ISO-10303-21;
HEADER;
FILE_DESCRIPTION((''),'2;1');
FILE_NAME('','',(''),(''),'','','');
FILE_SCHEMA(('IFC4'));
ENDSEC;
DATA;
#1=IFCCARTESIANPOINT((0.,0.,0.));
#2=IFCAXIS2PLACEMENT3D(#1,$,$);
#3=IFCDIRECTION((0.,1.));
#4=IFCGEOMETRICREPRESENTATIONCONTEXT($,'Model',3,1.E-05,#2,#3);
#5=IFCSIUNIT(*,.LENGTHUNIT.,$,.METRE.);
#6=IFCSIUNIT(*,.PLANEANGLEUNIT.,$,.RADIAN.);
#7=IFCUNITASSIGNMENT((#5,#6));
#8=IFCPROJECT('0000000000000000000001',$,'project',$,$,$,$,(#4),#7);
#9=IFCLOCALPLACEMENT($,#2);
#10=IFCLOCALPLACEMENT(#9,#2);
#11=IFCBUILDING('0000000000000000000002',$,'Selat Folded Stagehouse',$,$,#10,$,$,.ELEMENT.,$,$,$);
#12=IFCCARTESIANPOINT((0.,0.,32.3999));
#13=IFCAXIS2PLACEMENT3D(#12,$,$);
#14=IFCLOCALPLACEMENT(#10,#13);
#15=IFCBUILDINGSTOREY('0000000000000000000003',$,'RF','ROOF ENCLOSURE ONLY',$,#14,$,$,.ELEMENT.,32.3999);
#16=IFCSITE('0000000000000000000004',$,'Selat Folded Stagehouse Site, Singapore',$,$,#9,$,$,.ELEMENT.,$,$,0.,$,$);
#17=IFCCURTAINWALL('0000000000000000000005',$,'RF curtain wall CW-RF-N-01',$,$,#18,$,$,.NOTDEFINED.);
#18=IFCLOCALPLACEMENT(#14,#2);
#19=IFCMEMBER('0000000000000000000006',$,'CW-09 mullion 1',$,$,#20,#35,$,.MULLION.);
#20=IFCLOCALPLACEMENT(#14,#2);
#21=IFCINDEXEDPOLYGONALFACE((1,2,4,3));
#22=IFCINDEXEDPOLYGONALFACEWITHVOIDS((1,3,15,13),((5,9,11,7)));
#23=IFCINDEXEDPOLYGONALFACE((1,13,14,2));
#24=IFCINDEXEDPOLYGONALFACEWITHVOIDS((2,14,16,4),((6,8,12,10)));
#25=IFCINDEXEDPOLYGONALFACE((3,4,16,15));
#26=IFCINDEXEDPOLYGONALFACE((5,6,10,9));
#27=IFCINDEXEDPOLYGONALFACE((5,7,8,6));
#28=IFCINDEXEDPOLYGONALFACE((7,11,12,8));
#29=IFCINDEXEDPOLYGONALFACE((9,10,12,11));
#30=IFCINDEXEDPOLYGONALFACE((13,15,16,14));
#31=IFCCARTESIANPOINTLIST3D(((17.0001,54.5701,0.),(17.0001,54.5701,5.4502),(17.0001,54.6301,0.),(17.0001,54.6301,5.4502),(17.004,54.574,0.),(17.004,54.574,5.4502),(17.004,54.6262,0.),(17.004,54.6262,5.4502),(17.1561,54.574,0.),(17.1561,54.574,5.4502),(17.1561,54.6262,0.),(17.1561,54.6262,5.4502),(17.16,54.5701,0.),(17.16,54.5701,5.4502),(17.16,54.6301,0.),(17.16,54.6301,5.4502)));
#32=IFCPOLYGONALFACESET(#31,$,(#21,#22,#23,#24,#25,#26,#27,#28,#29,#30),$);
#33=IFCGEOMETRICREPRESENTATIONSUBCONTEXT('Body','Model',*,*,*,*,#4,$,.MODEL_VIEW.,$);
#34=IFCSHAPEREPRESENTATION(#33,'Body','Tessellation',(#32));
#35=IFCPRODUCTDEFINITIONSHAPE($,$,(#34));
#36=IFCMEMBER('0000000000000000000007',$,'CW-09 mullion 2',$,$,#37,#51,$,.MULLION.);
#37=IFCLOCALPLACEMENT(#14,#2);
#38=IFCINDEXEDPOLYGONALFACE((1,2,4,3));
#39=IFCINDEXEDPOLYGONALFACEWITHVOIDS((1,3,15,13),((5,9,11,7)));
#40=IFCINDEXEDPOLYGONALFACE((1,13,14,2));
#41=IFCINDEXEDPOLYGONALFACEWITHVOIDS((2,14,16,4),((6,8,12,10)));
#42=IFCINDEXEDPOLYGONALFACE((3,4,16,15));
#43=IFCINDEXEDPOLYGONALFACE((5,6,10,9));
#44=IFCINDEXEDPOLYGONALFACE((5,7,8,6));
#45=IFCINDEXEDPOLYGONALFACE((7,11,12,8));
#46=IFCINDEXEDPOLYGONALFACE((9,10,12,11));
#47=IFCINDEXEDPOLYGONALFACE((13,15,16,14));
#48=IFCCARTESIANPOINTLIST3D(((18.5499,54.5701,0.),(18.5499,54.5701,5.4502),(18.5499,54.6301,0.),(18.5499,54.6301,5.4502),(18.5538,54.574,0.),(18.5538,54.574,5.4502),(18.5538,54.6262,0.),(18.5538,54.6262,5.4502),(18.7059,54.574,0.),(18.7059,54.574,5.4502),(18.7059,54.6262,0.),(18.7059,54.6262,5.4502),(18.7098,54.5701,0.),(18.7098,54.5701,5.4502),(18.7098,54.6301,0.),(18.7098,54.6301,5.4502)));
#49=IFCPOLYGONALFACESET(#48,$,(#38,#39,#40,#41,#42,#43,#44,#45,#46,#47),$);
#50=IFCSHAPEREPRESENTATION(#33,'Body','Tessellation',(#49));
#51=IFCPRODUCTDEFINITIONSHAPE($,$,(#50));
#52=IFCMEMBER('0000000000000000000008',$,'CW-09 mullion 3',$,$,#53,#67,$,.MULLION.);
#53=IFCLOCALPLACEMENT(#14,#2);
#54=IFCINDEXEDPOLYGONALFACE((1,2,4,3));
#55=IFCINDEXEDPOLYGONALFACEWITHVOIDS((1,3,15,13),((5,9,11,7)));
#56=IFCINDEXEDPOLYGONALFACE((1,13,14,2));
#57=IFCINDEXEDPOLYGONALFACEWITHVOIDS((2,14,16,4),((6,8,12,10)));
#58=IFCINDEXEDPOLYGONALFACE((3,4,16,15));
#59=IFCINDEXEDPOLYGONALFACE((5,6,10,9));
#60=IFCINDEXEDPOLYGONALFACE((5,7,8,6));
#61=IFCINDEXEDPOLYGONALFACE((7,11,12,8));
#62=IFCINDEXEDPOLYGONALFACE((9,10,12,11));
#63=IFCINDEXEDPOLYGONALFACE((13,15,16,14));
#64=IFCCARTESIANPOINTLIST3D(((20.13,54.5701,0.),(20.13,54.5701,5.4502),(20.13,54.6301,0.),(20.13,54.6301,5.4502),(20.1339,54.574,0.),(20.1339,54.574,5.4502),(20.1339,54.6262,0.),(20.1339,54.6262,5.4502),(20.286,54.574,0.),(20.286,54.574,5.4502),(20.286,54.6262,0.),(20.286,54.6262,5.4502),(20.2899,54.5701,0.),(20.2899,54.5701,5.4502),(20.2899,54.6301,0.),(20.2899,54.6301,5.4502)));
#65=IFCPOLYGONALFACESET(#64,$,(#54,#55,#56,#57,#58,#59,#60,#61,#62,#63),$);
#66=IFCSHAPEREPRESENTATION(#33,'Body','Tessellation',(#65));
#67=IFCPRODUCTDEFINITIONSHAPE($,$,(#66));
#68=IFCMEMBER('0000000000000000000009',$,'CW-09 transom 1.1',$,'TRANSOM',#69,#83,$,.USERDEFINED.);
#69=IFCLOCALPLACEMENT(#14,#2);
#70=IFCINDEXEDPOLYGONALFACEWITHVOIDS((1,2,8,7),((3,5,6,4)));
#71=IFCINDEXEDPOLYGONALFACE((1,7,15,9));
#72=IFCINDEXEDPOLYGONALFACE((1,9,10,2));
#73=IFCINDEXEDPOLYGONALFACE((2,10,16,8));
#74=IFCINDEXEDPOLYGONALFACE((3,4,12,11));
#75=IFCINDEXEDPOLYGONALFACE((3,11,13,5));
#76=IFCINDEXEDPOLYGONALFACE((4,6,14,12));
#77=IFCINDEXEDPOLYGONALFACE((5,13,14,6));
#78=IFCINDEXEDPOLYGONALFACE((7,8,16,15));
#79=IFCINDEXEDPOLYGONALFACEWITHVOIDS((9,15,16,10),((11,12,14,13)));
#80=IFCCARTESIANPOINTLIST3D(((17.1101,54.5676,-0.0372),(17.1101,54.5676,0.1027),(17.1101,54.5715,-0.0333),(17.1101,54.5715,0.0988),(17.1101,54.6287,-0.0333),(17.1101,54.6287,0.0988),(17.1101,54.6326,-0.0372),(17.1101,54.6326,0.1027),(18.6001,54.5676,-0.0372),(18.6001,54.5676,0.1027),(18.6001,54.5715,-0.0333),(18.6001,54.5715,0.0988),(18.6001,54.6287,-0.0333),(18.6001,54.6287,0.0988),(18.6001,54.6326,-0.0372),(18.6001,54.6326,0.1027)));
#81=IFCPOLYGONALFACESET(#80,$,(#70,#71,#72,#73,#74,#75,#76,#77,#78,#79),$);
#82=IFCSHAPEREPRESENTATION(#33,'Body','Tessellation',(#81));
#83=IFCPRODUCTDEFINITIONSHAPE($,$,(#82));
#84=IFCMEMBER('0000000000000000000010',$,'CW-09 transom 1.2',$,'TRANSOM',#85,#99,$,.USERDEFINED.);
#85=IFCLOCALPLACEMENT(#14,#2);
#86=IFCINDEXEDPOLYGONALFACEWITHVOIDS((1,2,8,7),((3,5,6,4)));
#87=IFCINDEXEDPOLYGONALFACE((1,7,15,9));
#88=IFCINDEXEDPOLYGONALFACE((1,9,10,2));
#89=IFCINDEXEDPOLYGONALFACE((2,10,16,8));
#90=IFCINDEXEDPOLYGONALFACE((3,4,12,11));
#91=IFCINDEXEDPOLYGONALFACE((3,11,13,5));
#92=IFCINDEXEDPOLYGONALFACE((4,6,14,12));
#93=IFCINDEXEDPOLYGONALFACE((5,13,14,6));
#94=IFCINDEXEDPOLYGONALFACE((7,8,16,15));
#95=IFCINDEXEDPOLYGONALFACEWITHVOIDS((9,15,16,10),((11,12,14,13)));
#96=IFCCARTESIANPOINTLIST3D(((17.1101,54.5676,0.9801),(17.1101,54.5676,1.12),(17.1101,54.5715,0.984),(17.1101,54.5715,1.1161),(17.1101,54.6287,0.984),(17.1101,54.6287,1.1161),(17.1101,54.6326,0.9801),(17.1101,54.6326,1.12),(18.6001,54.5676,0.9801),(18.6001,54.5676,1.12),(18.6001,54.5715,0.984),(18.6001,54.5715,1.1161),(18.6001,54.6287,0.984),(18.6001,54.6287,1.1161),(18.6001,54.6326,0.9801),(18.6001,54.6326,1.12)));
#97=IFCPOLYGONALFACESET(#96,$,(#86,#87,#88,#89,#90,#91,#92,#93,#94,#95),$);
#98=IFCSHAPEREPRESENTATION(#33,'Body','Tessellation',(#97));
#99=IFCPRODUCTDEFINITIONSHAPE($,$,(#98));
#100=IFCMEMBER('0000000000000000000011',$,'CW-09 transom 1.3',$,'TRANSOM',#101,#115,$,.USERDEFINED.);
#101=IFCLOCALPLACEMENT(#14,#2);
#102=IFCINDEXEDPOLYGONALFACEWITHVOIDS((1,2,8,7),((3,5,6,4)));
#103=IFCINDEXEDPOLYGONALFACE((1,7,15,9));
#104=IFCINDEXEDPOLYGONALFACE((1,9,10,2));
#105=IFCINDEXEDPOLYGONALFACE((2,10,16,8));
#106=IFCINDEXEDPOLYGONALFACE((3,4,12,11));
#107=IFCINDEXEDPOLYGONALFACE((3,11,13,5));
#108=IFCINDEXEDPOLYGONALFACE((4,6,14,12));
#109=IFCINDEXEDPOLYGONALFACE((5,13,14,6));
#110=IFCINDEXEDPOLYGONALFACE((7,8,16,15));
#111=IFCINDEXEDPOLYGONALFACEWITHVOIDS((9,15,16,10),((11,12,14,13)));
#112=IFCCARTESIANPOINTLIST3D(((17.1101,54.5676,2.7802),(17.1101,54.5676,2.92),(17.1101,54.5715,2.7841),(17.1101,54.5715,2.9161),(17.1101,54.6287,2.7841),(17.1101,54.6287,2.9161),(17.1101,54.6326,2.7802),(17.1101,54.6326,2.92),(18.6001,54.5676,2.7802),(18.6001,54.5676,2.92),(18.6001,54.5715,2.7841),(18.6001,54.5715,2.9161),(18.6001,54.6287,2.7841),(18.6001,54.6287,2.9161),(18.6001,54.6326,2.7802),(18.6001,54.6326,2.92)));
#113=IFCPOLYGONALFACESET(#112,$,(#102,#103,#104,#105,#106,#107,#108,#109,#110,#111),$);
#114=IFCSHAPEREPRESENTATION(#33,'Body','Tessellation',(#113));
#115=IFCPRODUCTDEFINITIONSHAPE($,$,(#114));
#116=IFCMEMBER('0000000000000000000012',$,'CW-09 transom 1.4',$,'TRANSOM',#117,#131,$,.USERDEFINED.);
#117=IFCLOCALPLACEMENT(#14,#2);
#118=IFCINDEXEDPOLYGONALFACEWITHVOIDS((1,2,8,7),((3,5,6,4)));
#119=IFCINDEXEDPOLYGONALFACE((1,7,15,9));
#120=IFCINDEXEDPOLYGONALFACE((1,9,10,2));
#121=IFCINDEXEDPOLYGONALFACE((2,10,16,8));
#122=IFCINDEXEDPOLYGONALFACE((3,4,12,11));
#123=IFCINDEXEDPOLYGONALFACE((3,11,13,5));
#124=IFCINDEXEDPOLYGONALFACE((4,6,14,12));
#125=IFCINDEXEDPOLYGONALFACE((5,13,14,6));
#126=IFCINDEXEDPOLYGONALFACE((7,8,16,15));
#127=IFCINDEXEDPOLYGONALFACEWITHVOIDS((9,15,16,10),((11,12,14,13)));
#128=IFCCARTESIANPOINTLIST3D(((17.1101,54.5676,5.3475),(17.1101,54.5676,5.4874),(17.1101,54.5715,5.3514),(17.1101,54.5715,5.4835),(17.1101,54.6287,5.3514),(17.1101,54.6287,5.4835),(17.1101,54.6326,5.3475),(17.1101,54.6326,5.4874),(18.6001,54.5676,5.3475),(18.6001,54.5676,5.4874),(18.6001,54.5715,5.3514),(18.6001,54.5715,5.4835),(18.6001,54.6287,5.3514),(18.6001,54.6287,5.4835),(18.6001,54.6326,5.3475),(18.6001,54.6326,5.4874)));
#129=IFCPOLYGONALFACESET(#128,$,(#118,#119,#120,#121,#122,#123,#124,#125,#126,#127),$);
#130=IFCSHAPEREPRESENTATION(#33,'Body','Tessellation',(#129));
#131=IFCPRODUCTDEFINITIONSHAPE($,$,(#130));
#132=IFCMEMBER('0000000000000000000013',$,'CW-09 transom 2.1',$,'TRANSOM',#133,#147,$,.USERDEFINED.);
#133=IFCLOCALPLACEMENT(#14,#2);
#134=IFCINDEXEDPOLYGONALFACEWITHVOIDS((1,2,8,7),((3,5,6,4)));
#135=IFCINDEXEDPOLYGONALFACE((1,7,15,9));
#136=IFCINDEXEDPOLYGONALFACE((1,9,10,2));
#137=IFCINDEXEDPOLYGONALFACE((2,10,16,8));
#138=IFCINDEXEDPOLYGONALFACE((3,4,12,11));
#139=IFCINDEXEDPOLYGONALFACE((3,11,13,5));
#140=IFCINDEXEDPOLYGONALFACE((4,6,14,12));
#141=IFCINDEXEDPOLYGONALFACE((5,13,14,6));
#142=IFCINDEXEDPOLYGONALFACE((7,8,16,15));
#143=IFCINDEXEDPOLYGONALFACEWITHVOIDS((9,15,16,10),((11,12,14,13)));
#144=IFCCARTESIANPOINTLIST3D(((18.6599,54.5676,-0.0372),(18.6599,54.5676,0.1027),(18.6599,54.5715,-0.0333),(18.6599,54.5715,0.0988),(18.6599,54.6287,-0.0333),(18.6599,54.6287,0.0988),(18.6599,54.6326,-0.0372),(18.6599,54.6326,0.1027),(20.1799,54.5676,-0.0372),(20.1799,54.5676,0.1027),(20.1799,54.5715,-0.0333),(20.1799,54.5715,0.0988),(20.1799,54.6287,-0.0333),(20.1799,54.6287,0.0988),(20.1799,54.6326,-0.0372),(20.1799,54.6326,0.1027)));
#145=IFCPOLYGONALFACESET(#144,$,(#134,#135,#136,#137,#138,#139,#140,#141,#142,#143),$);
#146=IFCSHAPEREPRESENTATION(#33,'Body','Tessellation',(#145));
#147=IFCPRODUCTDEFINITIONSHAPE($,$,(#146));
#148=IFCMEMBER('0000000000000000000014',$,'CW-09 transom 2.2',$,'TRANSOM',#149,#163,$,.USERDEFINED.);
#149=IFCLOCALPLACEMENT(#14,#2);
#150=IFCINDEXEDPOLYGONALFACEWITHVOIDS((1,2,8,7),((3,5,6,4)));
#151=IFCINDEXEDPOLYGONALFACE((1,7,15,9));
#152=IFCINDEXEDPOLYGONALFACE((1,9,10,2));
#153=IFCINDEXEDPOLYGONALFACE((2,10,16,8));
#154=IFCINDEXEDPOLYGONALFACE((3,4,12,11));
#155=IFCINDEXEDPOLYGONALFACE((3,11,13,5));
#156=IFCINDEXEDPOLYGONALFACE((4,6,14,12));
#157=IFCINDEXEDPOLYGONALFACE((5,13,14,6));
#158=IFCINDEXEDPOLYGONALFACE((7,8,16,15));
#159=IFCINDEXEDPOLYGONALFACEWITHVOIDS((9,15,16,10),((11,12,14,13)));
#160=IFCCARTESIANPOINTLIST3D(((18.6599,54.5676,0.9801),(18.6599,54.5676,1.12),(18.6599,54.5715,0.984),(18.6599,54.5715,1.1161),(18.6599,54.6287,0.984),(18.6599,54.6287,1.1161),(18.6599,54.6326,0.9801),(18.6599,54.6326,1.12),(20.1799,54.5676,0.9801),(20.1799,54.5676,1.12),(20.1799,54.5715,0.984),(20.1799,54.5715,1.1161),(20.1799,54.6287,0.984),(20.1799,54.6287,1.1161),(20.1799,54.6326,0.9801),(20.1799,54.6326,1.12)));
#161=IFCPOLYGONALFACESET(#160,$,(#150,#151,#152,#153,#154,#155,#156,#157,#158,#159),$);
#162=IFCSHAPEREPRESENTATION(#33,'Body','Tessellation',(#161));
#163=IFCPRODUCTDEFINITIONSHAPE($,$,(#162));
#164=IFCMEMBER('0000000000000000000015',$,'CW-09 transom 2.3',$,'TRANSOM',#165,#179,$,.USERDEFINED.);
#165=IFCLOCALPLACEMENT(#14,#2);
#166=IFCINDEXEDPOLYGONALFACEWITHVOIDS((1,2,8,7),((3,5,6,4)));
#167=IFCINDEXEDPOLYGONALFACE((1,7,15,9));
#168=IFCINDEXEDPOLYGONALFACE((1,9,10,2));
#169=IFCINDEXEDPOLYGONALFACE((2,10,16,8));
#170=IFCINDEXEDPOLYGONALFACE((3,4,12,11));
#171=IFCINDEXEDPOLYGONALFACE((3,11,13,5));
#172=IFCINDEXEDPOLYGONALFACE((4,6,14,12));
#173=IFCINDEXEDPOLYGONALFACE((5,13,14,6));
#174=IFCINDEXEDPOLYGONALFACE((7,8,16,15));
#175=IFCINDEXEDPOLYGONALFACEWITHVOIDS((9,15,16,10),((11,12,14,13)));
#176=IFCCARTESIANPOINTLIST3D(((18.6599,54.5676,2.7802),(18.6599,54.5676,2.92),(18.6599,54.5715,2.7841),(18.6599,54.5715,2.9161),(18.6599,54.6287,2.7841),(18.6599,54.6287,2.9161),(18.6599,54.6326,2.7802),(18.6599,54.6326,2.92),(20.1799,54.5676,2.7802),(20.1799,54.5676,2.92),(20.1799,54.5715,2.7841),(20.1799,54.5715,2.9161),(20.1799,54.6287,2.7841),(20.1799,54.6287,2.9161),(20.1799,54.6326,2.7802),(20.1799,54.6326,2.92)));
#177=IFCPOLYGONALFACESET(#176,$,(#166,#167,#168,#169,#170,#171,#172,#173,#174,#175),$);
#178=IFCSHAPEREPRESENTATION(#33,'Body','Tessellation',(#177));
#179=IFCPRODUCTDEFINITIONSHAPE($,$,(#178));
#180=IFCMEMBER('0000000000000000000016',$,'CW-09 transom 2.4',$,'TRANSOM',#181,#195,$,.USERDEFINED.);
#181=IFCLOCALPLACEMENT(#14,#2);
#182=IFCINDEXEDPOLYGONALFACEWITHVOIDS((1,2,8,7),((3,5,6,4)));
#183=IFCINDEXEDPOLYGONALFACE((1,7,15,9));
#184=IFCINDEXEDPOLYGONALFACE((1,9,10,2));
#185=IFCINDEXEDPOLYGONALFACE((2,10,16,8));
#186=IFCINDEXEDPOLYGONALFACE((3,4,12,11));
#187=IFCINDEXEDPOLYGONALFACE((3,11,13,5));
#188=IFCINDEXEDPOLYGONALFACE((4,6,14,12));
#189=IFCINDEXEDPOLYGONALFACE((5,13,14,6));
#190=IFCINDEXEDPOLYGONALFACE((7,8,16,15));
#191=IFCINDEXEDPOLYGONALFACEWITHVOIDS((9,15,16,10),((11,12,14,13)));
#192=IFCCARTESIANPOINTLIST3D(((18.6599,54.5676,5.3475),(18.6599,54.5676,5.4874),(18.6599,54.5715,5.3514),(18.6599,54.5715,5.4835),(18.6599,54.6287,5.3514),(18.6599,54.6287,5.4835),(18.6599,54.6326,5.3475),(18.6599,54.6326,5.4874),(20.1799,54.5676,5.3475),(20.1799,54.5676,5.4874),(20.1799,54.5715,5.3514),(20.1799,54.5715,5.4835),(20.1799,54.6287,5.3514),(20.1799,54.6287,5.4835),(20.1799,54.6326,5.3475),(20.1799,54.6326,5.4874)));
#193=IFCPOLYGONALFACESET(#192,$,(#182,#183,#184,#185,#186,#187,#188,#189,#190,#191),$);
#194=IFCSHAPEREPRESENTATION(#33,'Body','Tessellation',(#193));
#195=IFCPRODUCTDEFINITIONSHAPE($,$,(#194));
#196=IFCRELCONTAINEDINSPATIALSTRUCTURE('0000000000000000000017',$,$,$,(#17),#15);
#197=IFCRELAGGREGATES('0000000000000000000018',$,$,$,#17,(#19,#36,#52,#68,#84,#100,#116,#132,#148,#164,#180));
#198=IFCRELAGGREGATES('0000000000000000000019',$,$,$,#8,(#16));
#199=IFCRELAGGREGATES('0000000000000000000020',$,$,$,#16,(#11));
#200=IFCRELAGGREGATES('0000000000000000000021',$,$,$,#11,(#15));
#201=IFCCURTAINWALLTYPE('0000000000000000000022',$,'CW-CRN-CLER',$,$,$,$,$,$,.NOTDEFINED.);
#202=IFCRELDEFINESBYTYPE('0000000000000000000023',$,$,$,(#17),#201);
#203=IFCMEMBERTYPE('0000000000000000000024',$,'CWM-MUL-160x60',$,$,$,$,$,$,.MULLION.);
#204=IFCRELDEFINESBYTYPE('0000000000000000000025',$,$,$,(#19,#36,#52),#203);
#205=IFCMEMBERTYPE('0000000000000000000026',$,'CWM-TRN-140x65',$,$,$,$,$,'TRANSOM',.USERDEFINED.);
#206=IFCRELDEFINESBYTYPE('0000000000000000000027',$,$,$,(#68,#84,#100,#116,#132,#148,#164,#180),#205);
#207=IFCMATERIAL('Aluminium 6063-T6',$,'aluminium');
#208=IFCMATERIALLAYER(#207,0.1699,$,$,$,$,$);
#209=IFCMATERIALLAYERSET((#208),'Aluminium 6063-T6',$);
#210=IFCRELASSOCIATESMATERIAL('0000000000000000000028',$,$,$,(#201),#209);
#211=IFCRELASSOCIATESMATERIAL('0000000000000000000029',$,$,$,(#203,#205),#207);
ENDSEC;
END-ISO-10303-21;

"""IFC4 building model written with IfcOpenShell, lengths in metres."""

from ifc_helpers import new_model, si_unit, direction, frame, origin, origin_2d, place, context, subcontext, project, spatial, hollow_rectangle, extrude, material, layer, layer_set, material_profile, profile_set, type_object, element, aggregate, save


model = new_model("IFC4")

# Units and contexts
model_context = context("Model", 3, precision=1e-05, world=origin(), true_north=direction((0.0, 1.0)))
body_context = subcontext(model_context, "Body", "Model", "MODEL_VIEW")
ifc_project = project(units=[si_unit("LENGTHUNIT", "METRE"), si_unit("PLANEANGLEUNIT", "RADIAN")], contexts=[model_context])

# Site, building, storey
site_placement = place(None, origin())
site = spatial("IfcSite", under=ifc_project, at=site_placement, Name="Selat Folded Stagehouse Site, Singapore", CompositionType="ELEMENT", RefElevation=0.0)
building_placement = place(site_placement, origin())
building = spatial("IfcBuilding", under=site, at=building_placement, Name="Selat Folded Stagehouse", CompositionType="ELEMENT")
storey_placement = place(building_placement, frame((0.0, 0.0, 32.3999)))
storey = spatial("IfcBuildingStorey", under=building, at=storey_placement, Name="RF", Description="ROOF ENCLOSURE ONLY", CompositionType="ELEMENT", Elevation=32.3999)

# Curtain wall, members
ifc_material_1 = material(Name="Aluminium 6063-T6", Category="aluminium")
ifc_layer_1 = layer(ifc_material_1, 0.1699)
ifc_layer_set_1 = layer_set([ifc_layer_1], Name="Aluminium 6063-T6")
curtain_wall_type = type_object("IfcCurtainWallType", Name="CW-CRN-CLER", PredefinedType="NOTDEFINED", material=ifc_layer_set_1)
curtain_wall_placement = place(storey_placement, origin())
curtain_wall = element("IfcCurtainWall", 1, at=curtain_wall_placement, inside=storey, type_object=curtain_wall_type, Name="RF curtain wall CW-RF-N-01", PredefinedType="NOTDEFINED")
ifc_material_profile_1 = material_profile(ifc_material_1, hollow_rectangle(XDim=0.0601, YDim=0.1599, WallThickness=0.0039, at=origin_2d()), Name="ALU 160x60x4.0")
ifc_profile_set_1 = profile_set([ifc_material_profile_1], Name="Aluminium 6063-T6")
member_type_1 = type_object("IfcMemberType", Name="CWM-MUL-160x60", PredefinedType="MULLION", material=ifc_profile_set_1)
member_1_placement = place(storey_placement, frame((17.0801, 54.6001, 0.0), z_axis=(0.0, 0.0, 1.0), x_axis=(0.0, 1.0, 0.0)))
member_1 = element("IfcMember", 2, at=member_1_placement, type_object=member_type_1, Name="CW-09 mullion 1", PredefinedType="MULLION", context=body_context, shape_type="SweptSolid", body=[
    extrude(hollow_rectangle(XDim=0.0601, YDim=0.1599, WallThickness=0.0039, at=origin_2d()), origin(), (0.0, 0.0, 1.0), 5.4502),
])
member_2_placement = place(storey_placement, frame((18.6299, 54.6001, 0.0), z_axis=(0.0, 0.0, 1.0), x_axis=(0.0, 1.0, 0.0)))
member_2 = element("IfcMember", 3, at=member_2_placement, type_object=member_type_1, Name="CW-09 mullion 2", PredefinedType="MULLION", context=body_context, shape_type="SweptSolid", body=[
    extrude(hollow_rectangle(XDim=0.0601, YDim=0.1599, WallThickness=0.0039, at=origin_2d()), origin(), (0.0, 0.0, 1.0), 5.4502),
])
member_3_placement = place(storey_placement, frame((20.21, 54.6001, 0.0), z_axis=(0.0, 0.0, 1.0), x_axis=(0.0, 1.0, 0.0)))
member_3 = element("IfcMember", 4, at=member_3_placement, type_object=member_type_1, Name="CW-09 mullion 3", PredefinedType="MULLION", context=body_context, shape_type="SweptSolid", body=[
    extrude(hollow_rectangle(XDim=0.0601, YDim=0.1599, WallThickness=0.0039, at=origin_2d()), origin(), (0.0, 0.0, 1.0), 5.4502),
])
ifc_material_profile_2 = material_profile(ifc_material_1, hollow_rectangle(XDim=0.0649, YDim=0.1399, WallThickness=0.0039, at=origin_2d()), Name="ALU 140x65x4.0")
ifc_profile_set_2 = profile_set([ifc_material_profile_2], Name="Aluminium 6063-T6")
member_type_2 = type_object("IfcMemberType", Name="CWM-TRN-140x65", ElementType="TRANSOM", PredefinedType="USERDEFINED", material=ifc_profile_set_2)
member_4_placement = place(storey_placement, frame((17.1101, 54.6001, 0.0327), z_axis=(1.0, 0.0, 0.0), x_axis=(0.0, 1.0, 0.0)))
member_4 = element("IfcMember", 5, at=member_4_placement, type_object=member_type_2, Name="CW-09 transom 1.1", ObjectType="TRANSOM", PredefinedType="USERDEFINED", context=body_context, shape_type="SweptSolid", body=[
    extrude(hollow_rectangle(XDim=0.0649, YDim=0.1399, WallThickness=0.0039, at=origin_2d()), origin(), (0.0, 0.0, 1.0), 1.49),
])
member_5_placement = place(storey_placement, frame((17.1101, 54.6001, 1.05), z_axis=(1.0, 0.0, 0.0), x_axis=(0.0, 1.0, 0.0)))
member_5 = element("IfcMember", 6, at=member_5_placement, type_object=member_type_2, Name="CW-09 transom 1.2", ObjectType="TRANSOM", PredefinedType="USERDEFINED", context=body_context, shape_type="SweptSolid", body=[
    extrude(hollow_rectangle(XDim=0.0649, YDim=0.1399, WallThickness=0.0039, at=origin_2d()), origin(), (0.0, 0.0, 1.0), 1.49),
])
member_6_placement = place(storey_placement, frame((17.1101, 54.6001, 2.8501), z_axis=(1.0, 0.0, 0.0), x_axis=(0.0, 1.0, 0.0)))
member_6 = element("IfcMember", 7, at=member_6_placement, type_object=member_type_2, Name="CW-09 transom 1.3", ObjectType="TRANSOM", PredefinedType="USERDEFINED", context=body_context, shape_type="SweptSolid", body=[
    extrude(hollow_rectangle(XDim=0.0649, YDim=0.1399, WallThickness=0.0039, at=origin_2d()), origin(), (0.0, 0.0, 1.0), 1.49),
])
member_7_placement = place(storey_placement, frame((17.1101, 54.6001, 5.4175), z_axis=(1.0, 0.0, 0.0), x_axis=(0.0, 1.0, 0.0)))
member_7 = element("IfcMember", 8, at=member_7_placement, type_object=member_type_2, Name="CW-09 transom 1.4", ObjectType="TRANSOM", PredefinedType="USERDEFINED", context=body_context, shape_type="SweptSolid", body=[
    extrude(hollow_rectangle(XDim=0.0649, YDim=0.1399, WallThickness=0.0039, at=origin_2d()), origin(), (0.0, 0.0, 1.0), 1.49),
])
member_8_placement = place(storey_placement, frame((18.6599, 54.6001, 0.0327), z_axis=(1.0, 0.0, 0.0), x_axis=(0.0, 1.0, 0.0)))
member_8 = element("IfcMember", 9, at=member_8_placement, type_object=member_type_2, Name="CW-09 transom 2.1", ObjectType="TRANSOM", PredefinedType="USERDEFINED", context=body_context, shape_type="SweptSolid", body=[
    extrude(hollow_rectangle(XDim=0.0649, YDim=0.1399, WallThickness=0.0039, at=origin_2d()), origin(), (0.0, 0.0, 1.0), 1.52),
])
member_9_placement = place(storey_placement, frame((18.6599, 54.6001, 1.05), z_axis=(1.0, 0.0, 0.0), x_axis=(0.0, 1.0, 0.0)))
member_9 = element("IfcMember", 10, at=member_9_placement, type_object=member_type_2, Name="CW-09 transom 2.2", ObjectType="TRANSOM", PredefinedType="USERDEFINED", context=body_context, shape_type="SweptSolid", body=[
    extrude(hollow_rectangle(XDim=0.0649, YDim=0.1399, WallThickness=0.0039, at=origin_2d()), origin(), (0.0, 0.0, 1.0), 1.52),
])
member_10_placement = place(storey_placement, frame((18.6599, 54.6001, 2.8501), z_axis=(1.0, 0.0, 0.0), x_axis=(0.0, 1.0, 0.0)))
member_10 = element("IfcMember", 11, at=member_10_placement, type_object=member_type_2, Name="CW-09 transom 2.3", ObjectType="TRANSOM", PredefinedType="USERDEFINED", context=body_context, shape_type="SweptSolid", body=[
    extrude(hollow_rectangle(XDim=0.0649, YDim=0.1399, WallThickness=0.0039, at=origin_2d()), origin(), (0.0, 0.0, 1.0), 1.52),
])
member_11_placement = place(storey_placement, frame((18.6599, 54.6001, 5.4175), z_axis=(1.0, 0.0, 0.0), x_axis=(0.0, 1.0, 0.0)))
member_11 = element("IfcMember", 12, at=member_11_placement, type_object=member_type_2, Name="CW-09 transom 2.4", ObjectType="TRANSOM", PredefinedType="USERDEFINED", context=body_context, shape_type="SweptSolid", body=[
    extrude(hollow_rectangle(XDim=0.0649, YDim=0.1399, WallThickness=0.0039, at=origin_2d()), origin(), (0.0, 0.0, 1.0), 1.52),
])

aggregate(curtain_wall, [member_1, member_2, member_3, member_4, member_5, member_6, member_7, member_8, member_9, member_10, member_11])

save(model, "model.ifc")
